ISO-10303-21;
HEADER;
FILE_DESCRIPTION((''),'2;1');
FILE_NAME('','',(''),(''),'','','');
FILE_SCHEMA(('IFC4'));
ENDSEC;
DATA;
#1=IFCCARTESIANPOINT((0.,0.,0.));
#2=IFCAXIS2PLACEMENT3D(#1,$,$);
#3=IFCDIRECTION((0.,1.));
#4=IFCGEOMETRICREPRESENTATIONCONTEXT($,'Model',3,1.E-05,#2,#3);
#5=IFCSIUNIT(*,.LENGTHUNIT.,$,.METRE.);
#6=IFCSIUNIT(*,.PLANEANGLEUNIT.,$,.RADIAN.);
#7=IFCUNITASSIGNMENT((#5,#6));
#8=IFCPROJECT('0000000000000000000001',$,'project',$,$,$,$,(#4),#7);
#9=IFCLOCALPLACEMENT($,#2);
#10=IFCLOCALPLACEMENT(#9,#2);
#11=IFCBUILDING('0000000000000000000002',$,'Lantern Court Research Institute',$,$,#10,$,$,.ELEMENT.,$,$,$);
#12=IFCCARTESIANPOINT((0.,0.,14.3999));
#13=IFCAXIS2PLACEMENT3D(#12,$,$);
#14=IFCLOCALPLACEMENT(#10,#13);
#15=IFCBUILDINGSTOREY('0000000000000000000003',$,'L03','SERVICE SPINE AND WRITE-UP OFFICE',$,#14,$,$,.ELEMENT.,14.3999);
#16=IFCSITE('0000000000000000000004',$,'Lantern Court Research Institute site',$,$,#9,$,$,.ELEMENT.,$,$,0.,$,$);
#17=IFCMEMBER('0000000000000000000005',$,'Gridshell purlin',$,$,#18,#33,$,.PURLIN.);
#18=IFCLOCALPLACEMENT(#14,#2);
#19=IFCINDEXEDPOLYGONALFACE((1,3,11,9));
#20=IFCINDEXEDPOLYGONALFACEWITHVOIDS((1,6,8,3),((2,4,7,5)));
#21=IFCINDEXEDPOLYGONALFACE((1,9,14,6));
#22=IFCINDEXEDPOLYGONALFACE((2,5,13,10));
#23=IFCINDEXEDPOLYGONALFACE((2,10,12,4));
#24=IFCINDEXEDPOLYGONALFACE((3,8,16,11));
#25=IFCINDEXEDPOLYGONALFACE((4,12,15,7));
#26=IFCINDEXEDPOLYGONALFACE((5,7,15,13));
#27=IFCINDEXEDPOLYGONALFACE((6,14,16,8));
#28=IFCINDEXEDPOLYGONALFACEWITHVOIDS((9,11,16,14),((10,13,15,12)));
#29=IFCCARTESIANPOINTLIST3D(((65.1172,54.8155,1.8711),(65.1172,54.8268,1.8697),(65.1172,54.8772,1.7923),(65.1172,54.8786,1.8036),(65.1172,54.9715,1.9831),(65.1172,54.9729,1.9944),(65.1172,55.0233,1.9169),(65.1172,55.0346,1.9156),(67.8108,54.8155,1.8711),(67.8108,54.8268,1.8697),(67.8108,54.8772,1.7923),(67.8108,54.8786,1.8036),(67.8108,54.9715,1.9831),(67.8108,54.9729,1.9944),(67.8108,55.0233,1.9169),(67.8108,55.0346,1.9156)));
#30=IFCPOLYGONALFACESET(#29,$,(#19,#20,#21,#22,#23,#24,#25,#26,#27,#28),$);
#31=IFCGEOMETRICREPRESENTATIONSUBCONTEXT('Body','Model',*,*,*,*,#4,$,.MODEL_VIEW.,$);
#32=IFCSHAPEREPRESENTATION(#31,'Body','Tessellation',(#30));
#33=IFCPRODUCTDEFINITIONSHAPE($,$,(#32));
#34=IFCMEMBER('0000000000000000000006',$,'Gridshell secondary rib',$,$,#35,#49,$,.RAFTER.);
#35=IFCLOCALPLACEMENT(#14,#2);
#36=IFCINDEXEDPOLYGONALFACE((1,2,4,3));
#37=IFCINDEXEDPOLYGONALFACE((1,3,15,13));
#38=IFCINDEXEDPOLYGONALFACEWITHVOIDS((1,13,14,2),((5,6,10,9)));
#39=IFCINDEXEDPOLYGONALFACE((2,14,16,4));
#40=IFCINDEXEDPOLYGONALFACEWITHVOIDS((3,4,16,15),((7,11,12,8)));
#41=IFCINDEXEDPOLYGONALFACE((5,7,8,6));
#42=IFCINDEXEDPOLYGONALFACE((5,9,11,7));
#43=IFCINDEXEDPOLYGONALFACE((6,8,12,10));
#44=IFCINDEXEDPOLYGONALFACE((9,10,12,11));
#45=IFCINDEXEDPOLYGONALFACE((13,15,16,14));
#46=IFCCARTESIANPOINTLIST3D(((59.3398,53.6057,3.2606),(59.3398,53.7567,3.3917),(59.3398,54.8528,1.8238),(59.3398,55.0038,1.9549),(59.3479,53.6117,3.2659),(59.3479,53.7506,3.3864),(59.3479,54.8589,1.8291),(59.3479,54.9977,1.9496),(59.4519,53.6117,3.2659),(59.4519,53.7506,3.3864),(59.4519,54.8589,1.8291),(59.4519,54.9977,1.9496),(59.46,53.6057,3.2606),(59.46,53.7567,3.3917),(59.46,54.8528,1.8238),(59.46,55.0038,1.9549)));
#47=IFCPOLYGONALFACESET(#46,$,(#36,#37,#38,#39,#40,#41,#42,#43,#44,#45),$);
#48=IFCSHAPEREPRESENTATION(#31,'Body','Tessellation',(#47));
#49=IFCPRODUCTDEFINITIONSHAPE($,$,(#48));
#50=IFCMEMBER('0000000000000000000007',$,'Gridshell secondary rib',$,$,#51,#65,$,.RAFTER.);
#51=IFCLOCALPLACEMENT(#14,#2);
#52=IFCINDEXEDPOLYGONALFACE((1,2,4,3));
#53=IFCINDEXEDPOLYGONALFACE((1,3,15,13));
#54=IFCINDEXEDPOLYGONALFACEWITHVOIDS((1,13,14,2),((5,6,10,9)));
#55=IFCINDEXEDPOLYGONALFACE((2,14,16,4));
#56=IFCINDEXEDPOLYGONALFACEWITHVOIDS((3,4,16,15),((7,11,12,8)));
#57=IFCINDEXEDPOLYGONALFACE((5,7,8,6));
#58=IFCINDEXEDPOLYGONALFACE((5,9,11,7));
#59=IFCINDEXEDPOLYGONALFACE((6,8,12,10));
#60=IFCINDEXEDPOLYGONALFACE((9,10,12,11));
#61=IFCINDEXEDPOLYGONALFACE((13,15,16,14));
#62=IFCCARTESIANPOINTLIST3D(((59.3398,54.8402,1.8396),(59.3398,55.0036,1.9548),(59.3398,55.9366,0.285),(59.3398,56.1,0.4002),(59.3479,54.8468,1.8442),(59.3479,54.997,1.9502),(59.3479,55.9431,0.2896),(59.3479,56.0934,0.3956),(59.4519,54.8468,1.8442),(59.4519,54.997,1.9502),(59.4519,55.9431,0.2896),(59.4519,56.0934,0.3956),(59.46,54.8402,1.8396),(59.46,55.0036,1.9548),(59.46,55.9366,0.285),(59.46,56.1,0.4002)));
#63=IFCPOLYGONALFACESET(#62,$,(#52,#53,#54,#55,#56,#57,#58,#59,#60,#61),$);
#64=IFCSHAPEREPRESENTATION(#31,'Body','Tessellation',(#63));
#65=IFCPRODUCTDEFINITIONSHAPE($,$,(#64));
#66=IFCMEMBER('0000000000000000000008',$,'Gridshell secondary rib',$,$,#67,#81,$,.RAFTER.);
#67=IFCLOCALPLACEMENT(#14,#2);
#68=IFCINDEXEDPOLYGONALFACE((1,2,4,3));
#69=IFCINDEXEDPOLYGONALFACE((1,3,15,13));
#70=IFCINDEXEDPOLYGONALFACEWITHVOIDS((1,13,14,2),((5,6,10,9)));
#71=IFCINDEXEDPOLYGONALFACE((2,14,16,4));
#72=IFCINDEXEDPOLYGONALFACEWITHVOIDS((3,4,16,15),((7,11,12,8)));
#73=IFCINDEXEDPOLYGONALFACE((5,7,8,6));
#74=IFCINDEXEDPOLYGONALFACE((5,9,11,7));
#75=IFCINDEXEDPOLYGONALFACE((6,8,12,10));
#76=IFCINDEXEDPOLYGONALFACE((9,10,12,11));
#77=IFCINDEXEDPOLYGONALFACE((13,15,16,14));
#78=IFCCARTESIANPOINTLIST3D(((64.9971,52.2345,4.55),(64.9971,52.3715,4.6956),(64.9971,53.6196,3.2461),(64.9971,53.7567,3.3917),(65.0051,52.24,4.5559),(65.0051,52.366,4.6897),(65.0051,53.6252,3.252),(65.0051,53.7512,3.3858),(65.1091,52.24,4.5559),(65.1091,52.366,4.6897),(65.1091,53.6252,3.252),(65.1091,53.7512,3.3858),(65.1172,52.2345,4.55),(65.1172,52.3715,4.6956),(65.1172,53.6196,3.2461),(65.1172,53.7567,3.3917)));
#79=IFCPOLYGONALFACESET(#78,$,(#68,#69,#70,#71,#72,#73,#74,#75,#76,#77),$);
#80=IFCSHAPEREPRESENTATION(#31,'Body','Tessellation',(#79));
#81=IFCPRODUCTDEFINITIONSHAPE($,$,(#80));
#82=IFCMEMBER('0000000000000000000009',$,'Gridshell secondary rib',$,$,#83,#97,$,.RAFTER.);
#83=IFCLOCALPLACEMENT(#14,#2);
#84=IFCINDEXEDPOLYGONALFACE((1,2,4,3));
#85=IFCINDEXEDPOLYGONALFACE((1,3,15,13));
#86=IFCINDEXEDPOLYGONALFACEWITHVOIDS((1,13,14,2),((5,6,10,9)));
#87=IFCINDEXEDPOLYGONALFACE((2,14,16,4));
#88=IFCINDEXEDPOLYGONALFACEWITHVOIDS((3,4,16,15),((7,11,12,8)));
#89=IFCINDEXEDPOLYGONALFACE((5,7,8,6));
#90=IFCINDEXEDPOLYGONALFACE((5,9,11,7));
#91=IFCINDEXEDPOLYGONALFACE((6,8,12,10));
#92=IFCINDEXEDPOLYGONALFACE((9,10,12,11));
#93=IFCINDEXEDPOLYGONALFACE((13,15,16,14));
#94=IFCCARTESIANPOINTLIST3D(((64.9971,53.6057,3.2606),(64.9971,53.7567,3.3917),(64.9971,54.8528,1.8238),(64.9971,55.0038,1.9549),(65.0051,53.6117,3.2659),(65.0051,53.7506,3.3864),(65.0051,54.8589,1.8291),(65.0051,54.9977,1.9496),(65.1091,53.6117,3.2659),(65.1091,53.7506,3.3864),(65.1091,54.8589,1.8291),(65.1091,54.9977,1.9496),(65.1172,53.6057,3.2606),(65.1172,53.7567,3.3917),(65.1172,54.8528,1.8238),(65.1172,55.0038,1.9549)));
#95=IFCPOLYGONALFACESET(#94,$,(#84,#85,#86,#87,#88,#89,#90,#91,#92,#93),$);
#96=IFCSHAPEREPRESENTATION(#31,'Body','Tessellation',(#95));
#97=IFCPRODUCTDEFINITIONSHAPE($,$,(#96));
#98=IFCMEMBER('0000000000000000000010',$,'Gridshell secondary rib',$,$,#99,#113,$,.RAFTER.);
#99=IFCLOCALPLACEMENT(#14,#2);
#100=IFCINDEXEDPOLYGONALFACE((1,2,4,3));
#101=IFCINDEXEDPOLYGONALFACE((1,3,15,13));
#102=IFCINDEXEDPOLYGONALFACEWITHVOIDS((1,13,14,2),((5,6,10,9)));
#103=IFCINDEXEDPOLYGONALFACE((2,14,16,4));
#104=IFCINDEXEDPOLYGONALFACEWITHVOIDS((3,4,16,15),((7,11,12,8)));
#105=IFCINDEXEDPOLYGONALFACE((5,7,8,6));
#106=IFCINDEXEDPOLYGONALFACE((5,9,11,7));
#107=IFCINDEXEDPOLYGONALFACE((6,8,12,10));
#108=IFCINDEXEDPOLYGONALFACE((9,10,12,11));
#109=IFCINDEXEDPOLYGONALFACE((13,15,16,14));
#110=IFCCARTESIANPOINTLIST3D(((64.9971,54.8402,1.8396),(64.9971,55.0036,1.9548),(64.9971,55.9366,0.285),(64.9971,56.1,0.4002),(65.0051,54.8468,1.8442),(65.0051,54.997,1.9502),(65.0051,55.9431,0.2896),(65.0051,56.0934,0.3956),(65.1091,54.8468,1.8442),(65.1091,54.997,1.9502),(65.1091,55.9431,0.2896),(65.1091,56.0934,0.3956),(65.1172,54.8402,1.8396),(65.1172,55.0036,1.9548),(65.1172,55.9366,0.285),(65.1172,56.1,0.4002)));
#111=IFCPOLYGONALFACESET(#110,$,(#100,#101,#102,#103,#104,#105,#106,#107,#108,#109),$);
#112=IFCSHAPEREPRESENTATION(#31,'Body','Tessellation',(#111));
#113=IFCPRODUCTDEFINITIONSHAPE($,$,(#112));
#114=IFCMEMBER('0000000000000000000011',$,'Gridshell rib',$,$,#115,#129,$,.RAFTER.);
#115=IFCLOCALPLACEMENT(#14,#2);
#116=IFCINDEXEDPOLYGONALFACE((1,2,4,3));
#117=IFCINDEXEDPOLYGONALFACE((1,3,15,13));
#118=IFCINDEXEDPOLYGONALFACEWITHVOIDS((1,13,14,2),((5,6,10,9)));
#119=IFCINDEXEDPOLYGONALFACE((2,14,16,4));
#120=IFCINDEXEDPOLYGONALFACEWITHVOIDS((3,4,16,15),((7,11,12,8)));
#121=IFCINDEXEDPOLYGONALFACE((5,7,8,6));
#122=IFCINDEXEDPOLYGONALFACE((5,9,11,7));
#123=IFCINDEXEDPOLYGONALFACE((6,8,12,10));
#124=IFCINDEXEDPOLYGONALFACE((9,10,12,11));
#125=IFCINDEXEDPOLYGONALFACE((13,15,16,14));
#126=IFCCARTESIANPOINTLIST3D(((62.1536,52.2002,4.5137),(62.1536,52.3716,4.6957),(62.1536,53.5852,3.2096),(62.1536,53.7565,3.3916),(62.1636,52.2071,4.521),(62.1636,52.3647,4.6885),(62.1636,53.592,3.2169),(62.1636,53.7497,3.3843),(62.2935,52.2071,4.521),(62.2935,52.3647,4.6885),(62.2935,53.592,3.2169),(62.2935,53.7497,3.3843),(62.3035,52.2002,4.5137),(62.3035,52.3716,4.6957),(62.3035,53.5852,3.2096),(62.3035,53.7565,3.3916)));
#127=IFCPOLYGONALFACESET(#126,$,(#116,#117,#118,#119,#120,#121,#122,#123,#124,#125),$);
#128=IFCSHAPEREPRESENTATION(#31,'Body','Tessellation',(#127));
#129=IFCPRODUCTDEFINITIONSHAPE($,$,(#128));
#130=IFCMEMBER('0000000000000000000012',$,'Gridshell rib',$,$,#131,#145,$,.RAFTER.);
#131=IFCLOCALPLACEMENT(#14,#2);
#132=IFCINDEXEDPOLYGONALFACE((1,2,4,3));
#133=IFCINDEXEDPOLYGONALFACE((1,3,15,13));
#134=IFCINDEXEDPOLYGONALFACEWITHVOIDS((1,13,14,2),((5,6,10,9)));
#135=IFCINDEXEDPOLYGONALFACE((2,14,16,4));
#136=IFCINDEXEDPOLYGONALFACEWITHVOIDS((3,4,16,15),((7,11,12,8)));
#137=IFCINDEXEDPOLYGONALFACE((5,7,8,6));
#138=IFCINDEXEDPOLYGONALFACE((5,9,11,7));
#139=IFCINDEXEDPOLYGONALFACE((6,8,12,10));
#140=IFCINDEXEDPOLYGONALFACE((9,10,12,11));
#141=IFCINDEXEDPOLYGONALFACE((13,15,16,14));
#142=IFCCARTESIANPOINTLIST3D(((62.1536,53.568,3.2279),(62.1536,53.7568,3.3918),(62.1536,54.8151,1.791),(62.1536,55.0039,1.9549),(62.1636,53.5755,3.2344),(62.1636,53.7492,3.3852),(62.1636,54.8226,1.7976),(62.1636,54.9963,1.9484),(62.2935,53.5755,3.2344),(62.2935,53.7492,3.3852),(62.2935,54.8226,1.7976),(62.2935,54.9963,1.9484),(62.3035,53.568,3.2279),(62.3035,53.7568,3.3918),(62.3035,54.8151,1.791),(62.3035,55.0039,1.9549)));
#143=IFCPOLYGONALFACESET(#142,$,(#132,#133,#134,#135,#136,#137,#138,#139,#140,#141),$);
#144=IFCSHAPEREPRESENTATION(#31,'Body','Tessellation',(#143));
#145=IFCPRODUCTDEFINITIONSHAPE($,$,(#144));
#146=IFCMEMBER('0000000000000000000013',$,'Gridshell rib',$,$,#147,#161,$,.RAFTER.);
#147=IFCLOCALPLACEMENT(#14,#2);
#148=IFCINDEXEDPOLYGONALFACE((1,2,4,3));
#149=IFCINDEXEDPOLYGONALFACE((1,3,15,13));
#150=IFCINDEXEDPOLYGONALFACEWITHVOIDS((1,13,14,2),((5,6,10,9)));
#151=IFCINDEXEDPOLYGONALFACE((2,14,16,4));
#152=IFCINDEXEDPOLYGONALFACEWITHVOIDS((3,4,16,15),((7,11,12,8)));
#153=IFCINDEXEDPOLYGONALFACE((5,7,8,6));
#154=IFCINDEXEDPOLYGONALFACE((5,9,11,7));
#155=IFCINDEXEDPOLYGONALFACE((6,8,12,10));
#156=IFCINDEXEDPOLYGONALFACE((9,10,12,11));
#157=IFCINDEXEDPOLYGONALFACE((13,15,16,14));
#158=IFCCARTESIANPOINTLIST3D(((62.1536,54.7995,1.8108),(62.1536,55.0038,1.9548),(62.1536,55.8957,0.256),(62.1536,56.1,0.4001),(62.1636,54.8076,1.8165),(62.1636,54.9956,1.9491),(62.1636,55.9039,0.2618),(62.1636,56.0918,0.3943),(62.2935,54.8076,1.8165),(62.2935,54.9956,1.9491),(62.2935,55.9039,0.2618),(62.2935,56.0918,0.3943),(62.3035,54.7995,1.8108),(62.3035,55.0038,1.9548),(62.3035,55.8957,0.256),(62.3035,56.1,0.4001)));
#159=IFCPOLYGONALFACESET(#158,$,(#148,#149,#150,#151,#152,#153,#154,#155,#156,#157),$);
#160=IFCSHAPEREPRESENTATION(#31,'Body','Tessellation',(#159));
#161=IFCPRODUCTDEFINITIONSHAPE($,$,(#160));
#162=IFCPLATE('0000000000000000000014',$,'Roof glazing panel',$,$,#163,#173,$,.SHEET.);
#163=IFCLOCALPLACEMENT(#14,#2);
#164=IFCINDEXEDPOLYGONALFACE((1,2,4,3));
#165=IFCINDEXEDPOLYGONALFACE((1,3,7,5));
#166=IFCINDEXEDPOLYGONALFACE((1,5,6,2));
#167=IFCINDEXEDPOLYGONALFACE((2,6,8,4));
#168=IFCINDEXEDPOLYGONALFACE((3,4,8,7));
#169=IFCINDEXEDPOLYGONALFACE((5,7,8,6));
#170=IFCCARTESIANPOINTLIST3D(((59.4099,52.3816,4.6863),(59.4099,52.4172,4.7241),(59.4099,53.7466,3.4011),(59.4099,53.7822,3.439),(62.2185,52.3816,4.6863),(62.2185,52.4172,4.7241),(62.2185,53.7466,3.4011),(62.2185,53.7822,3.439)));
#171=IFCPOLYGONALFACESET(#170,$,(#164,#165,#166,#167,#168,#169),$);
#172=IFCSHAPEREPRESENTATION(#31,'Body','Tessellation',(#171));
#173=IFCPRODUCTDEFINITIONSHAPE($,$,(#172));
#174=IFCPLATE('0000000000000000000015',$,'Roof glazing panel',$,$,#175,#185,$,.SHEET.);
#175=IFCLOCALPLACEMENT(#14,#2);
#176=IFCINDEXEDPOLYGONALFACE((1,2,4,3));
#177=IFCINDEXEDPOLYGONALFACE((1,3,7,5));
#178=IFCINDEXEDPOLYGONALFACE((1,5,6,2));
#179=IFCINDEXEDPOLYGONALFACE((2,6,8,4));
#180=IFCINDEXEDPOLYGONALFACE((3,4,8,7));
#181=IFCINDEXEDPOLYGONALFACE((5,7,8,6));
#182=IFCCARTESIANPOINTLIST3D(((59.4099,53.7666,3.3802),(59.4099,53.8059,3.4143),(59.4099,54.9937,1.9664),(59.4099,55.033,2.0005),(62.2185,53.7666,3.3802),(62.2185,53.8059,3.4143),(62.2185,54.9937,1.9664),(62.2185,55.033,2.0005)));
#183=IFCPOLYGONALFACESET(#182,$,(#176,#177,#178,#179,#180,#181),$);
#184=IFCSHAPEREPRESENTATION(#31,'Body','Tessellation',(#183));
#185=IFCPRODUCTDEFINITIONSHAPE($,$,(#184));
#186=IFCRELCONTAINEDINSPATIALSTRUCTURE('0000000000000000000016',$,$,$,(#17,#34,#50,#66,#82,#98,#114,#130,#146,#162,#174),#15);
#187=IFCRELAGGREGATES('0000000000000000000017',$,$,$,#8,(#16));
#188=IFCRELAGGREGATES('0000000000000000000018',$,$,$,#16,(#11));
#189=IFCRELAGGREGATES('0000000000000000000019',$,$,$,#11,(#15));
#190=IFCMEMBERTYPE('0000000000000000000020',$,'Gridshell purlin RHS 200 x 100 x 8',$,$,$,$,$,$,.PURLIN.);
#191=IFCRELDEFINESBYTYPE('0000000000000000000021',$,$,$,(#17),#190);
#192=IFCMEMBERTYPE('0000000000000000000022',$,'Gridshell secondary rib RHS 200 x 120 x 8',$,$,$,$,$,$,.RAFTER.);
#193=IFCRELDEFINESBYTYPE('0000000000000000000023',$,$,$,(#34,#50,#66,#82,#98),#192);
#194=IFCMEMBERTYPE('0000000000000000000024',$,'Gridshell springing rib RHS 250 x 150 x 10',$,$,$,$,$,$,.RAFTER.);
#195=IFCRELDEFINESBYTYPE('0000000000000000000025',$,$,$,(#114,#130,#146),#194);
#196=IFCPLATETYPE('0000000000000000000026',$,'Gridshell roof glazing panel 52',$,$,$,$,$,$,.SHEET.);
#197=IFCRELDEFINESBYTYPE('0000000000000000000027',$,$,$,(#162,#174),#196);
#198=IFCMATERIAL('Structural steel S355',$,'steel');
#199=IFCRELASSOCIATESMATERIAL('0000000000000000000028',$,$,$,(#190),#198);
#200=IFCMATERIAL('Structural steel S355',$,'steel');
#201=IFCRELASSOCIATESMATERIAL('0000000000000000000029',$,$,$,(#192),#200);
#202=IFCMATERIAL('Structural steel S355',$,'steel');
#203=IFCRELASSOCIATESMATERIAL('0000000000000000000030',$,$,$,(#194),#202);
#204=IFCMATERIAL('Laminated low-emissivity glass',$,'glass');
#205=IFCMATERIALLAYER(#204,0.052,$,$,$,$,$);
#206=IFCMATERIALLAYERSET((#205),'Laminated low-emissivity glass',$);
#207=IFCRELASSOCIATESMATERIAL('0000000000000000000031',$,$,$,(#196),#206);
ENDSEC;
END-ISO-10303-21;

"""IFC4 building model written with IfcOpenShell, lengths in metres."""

from ifc_helpers import new_model, si_unit, direction, frame, origin, origin_2d, place, context, subcontext, project, spatial, polyline, hollow_rectangle, outline, extrude, material, layer, layer_set, material_profile, profile_set, type_object, element, save


model = new_model("IFC4")

# Units and contexts
model_context = context("Model", 3, precision=1e-05, world=origin(), true_north=direction((0.0, 1.0)))
body_context = subcontext(model_context, "Body", "Model", "MODEL_VIEW")
ifc_project = project(units=[si_unit("LENGTHUNIT", "METRE"), si_unit("PLANEANGLEUNIT", "RADIAN")], contexts=[model_context])

# Site, building, storey
site_placement = place(None, origin())
site = spatial("IfcSite", under=ifc_project, at=site_placement, Name="Lantern Court Research Institute site", CompositionType="ELEMENT", RefElevation=0.0)
building_placement = place(site_placement, origin())
building = spatial("IfcBuilding", under=site, at=building_placement, Name="Lantern Court Research Institute", CompositionType="ELEMENT")
storey_placement = place(building_placement, frame((0.0, 0.0, 14.3999)))
storey = spatial("IfcBuildingStorey", under=building, at=storey_placement, Name="L03", Description="SERVICE SPINE AND WRITE-UP OFFICE", CompositionType="ELEMENT", Elevation=14.3999)

# Members
ifc_material_1 = material(Name="Structural steel S355", Category="steel")
ifc_material_profile_1 = material_profile(ifc_material_1, hollow_rectangle(XDim=0.1001, YDim=0.2, WallThickness=0.0081, at=origin_2d()), Name="Gridshell purlin RHS 200 x 100 x 8")
ifc_profile_set_1 = profile_set([ifc_material_profile_1], Name="Structural steel S355")
member_type_1 = type_object("IfcMemberType", Name="Gridshell purlin RHS 200 x 100 x 8", PredefinedType="PURLIN", material=ifc_profile_set_1)
for number, where, z_axis, x_axis, name in (
    (1, (65.1172, 54.925, 1.8933), (1.0, 0.0, 0.0), (0.0, 0.616657, -0.787232), "Gridshell purlin"),
):
    element("IfcMember", number, at=place(storey_placement, frame(where, z_axis=z_axis, x_axis=x_axis)), inside=storey, type_object=member_type_1, Name=name, PredefinedType="PURLIN", context=body_context, shape_type="SweptSolid", body=[
        extrude(hollow_rectangle(XDim=0.1001, YDim=0.2, WallThickness=0.0081, at=origin_2d()), origin(), (0.0, 0.0, 1.0), 2.6936),
    ])
ifc_material_2 = material(Name="Structural steel S355", Category="steel")
ifc_material_profile_2 = material_profile(ifc_material_2, hollow_rectangle(XDim=0.1201, YDim=0.2, WallThickness=0.0081, at=origin_2d()), Name="Gridshell secondary rib RHS 200 x 120 x 8")
ifc_profile_set_2 = profile_set([ifc_material_profile_2], Name="Structural steel S355")
member_type_2 = type_object("IfcMemberType", Name="Gridshell secondary rib RHS 200 x 120 x 8", PredefinedType="RAFTER", material=ifc_profile_set_2)
member_1_placement = place(storey_placement, frame((59.3999, 53.6812, 3.3262), z_axis=(0.0, 0.655492, -0.755202), x_axis=(-1.0, 0.0, 0.0)))
element("IfcMember", 2, at=member_1_placement, inside=storey, type_object=member_type_2, Name="Gridshell secondary rib", PredefinedType="RAFTER", context=body_context, shape_type="SweptSolid", body=[
    extrude(hollow_rectangle(XDim=0.1201, YDim=0.2, WallThickness=0.0081, at=origin_2d()), origin(), (0.0, 0.0, 1.0), 1.9026),
])
for number, where, z_axis, x_axis, name in (
    (3, (59.3999, 54.9219, 1.8972), (0.0, 0.576335, -0.817213), (-1.0, 0.0, 0.0), "Gridshell secondary rib"),
    (4, (65.0571, 52.303, 4.6228), (0.0, 0.728151, -0.685417), (-1.0, 0.0, 0.0), "Gridshell secondary rib"),
):
    element("IfcMember", number, at=place(storey_placement, frame(where, z_axis=z_axis, x_axis=x_axis)), inside=storey, type_object=member_type_2, Name=name, PredefinedType="RAFTER", context=body_context, shape_type="SweptSolid", body=[
        extrude(hollow_rectangle(XDim=0.1201, YDim=0.2, WallThickness=0.0081, at=origin_2d()), origin(), (0.0, 0.0, 1.0), 1.9023),
    ])
member_2_placement = place(storey_placement, frame((65.0571, 53.6812, 3.3262), z_axis=(0.0, 0.655492, -0.755202), x_axis=(-1.0, 0.0, 0.0)))
element("IfcMember", 5, at=member_2_placement, inside=storey, type_object=member_type_2, Name="Gridshell secondary rib", PredefinedType="RAFTER", context=body_context, shape_type="SweptSolid", body=[
    extrude(hollow_rectangle(XDim=0.1201, YDim=0.2, WallThickness=0.0081, at=origin_2d()), origin(), (0.0, 0.0, 1.0), 1.9026),
])
member_3_placement = place(storey_placement, frame((65.0571, 54.9219, 1.8972), z_axis=(0.0, 0.576335, -0.817213), x_axis=(-1.0, 0.0, 0.0)))
element("IfcMember", 6, at=member_3_placement, inside=storey, type_object=member_type_2, Name="Gridshell secondary rib", PredefinedType="RAFTER", context=body_context, shape_type="SweptSolid", body=[
    extrude(hollow_rectangle(XDim=0.1201, YDim=0.2, WallThickness=0.0081, at=origin_2d()), origin(), (0.0, 0.0, 1.0), 1.9023),
])
ifc_material_3 = material(Name="Structural steel S355", Category="steel")
ifc_material_profile_3 = material_profile(ifc_material_3, hollow_rectangle(XDim=0.1499, YDim=0.25, WallThickness=0.01, at=origin_2d()), Name="Gridshell springing rib RHS 250 x 150 x 10")
ifc_profile_set_3 = profile_set([ifc_material_profile_3], Name="Structural steel S355")
member_type_3 = type_object("IfcMemberType", Name="Gridshell springing rib RHS 250 x 150 x 10", PredefinedType="RAFTER", material=ifc_profile_set_3)
member_4_placement = place(storey_placement, frame((62.2285, 52.2859, 4.6047), z_axis=(0.0, 0.728027, -0.685549), x_axis=(-1.0, 0.0, 0.0)))
element("IfcMember", 7, at=member_4_placement, inside=storey, type_object=member_type_3, Name="Gridshell rib", PredefinedType="RAFTER", context=body_context, shape_type="SweptSolid", body=[
    extrude(hollow_rectangle(XDim=0.1499, YDim=0.25, WallThickness=0.01, at=origin_2d()), origin(), (0.0, 0.0, 1.0), 1.9023),
])
member_5_placement = place(storey_placement, frame((62.2285, 53.6624, 3.3098), z_axis=(0.0, 0.655492, -0.755202), x_axis=(-1.0, 0.0, 0.0)))
element("IfcMember", 8, at=member_5_placement, inside=storey, type_object=member_type_3, Name="Gridshell rib", PredefinedType="RAFTER", context=body_context, shape_type="SweptSolid", body=[
    extrude(hollow_rectangle(XDim=0.1499, YDim=0.25, WallThickness=0.01, at=origin_2d()), origin(), (0.0, 0.0, 1.0), 1.9026),
])
member_6_placement = place(storey_placement, frame((62.2285, 54.9016, 1.8828), z_axis=(0.0, 0.57625, -0.817274), x_axis=(-1.0, 0.0, 0.0)))
element("IfcMember", 9, at=member_6_placement, inside=storey, type_object=member_type_3, Name="Gridshell rib", PredefinedType="RAFTER", context=body_context, shape_type="SweptSolid", body=[
    extrude(hollow_rectangle(XDim=0.1499, YDim=0.25, WallThickness=0.01, at=origin_2d()), origin(), (0.0, 0.0, 1.0), 1.9023),
])

# Plates
ifc_material_4 = material(Name="Laminated low-emissivity glass", Category="glass")
ifc_layer = layer(ifc_material_4, 0.052)
ifc_layer_set = layer_set([ifc_layer], Name="Laminated low-emissivity glass")
plate_type = type_object("IfcPlateType", Name="Gridshell roof glazing panel 52", PredefinedType="SHEET", material=ifc_layer_set)
plate_1_placement = place(storey_placement, frame((62.2185, 52.4172, 4.7241), z_axis=(0.0, 0.685495, 0.728078), x_axis=(-1.0, 0.0, 0.0)))
element("IfcPlate", 10, at=plate_1_placement, inside=storey, type_object=plate_type, Name="Roof glazing panel", PredefinedType="SHEET", context=body_context, shape_type="SweptSolid", body=[
    extrude(outline(polyline([(0.0, 0.0), (2.8086, 0.0), (2.8086, -1.8748), (0.0, -1.8748), (0.0, 0.0)])), origin(), (0.0, 0.0, -1.0), 0.052),
])
plate_2_placement = place(storey_placement, frame((62.2185, 53.8059, 3.4143), z_axis=(0.0, 0.755228, 0.655462), x_axis=(-1.0, 0.0, 0.0)))
element("IfcPlate", 11, at=plate_2_placement, inside=storey, type_object=plate_type, Name="Roof glazing panel", PredefinedType="SHEET", context=body_context, shape_type="SweptSolid", body=[
    extrude(outline(polyline([(0.0, 0.0), (2.8086, 0.0), (2.8086, -1.872), (0.0, -1.872), (0.0, 0.0)])), origin(), (0.0, 0.0, -1.0), 0.052),
])

save(model, "model.ifc")
